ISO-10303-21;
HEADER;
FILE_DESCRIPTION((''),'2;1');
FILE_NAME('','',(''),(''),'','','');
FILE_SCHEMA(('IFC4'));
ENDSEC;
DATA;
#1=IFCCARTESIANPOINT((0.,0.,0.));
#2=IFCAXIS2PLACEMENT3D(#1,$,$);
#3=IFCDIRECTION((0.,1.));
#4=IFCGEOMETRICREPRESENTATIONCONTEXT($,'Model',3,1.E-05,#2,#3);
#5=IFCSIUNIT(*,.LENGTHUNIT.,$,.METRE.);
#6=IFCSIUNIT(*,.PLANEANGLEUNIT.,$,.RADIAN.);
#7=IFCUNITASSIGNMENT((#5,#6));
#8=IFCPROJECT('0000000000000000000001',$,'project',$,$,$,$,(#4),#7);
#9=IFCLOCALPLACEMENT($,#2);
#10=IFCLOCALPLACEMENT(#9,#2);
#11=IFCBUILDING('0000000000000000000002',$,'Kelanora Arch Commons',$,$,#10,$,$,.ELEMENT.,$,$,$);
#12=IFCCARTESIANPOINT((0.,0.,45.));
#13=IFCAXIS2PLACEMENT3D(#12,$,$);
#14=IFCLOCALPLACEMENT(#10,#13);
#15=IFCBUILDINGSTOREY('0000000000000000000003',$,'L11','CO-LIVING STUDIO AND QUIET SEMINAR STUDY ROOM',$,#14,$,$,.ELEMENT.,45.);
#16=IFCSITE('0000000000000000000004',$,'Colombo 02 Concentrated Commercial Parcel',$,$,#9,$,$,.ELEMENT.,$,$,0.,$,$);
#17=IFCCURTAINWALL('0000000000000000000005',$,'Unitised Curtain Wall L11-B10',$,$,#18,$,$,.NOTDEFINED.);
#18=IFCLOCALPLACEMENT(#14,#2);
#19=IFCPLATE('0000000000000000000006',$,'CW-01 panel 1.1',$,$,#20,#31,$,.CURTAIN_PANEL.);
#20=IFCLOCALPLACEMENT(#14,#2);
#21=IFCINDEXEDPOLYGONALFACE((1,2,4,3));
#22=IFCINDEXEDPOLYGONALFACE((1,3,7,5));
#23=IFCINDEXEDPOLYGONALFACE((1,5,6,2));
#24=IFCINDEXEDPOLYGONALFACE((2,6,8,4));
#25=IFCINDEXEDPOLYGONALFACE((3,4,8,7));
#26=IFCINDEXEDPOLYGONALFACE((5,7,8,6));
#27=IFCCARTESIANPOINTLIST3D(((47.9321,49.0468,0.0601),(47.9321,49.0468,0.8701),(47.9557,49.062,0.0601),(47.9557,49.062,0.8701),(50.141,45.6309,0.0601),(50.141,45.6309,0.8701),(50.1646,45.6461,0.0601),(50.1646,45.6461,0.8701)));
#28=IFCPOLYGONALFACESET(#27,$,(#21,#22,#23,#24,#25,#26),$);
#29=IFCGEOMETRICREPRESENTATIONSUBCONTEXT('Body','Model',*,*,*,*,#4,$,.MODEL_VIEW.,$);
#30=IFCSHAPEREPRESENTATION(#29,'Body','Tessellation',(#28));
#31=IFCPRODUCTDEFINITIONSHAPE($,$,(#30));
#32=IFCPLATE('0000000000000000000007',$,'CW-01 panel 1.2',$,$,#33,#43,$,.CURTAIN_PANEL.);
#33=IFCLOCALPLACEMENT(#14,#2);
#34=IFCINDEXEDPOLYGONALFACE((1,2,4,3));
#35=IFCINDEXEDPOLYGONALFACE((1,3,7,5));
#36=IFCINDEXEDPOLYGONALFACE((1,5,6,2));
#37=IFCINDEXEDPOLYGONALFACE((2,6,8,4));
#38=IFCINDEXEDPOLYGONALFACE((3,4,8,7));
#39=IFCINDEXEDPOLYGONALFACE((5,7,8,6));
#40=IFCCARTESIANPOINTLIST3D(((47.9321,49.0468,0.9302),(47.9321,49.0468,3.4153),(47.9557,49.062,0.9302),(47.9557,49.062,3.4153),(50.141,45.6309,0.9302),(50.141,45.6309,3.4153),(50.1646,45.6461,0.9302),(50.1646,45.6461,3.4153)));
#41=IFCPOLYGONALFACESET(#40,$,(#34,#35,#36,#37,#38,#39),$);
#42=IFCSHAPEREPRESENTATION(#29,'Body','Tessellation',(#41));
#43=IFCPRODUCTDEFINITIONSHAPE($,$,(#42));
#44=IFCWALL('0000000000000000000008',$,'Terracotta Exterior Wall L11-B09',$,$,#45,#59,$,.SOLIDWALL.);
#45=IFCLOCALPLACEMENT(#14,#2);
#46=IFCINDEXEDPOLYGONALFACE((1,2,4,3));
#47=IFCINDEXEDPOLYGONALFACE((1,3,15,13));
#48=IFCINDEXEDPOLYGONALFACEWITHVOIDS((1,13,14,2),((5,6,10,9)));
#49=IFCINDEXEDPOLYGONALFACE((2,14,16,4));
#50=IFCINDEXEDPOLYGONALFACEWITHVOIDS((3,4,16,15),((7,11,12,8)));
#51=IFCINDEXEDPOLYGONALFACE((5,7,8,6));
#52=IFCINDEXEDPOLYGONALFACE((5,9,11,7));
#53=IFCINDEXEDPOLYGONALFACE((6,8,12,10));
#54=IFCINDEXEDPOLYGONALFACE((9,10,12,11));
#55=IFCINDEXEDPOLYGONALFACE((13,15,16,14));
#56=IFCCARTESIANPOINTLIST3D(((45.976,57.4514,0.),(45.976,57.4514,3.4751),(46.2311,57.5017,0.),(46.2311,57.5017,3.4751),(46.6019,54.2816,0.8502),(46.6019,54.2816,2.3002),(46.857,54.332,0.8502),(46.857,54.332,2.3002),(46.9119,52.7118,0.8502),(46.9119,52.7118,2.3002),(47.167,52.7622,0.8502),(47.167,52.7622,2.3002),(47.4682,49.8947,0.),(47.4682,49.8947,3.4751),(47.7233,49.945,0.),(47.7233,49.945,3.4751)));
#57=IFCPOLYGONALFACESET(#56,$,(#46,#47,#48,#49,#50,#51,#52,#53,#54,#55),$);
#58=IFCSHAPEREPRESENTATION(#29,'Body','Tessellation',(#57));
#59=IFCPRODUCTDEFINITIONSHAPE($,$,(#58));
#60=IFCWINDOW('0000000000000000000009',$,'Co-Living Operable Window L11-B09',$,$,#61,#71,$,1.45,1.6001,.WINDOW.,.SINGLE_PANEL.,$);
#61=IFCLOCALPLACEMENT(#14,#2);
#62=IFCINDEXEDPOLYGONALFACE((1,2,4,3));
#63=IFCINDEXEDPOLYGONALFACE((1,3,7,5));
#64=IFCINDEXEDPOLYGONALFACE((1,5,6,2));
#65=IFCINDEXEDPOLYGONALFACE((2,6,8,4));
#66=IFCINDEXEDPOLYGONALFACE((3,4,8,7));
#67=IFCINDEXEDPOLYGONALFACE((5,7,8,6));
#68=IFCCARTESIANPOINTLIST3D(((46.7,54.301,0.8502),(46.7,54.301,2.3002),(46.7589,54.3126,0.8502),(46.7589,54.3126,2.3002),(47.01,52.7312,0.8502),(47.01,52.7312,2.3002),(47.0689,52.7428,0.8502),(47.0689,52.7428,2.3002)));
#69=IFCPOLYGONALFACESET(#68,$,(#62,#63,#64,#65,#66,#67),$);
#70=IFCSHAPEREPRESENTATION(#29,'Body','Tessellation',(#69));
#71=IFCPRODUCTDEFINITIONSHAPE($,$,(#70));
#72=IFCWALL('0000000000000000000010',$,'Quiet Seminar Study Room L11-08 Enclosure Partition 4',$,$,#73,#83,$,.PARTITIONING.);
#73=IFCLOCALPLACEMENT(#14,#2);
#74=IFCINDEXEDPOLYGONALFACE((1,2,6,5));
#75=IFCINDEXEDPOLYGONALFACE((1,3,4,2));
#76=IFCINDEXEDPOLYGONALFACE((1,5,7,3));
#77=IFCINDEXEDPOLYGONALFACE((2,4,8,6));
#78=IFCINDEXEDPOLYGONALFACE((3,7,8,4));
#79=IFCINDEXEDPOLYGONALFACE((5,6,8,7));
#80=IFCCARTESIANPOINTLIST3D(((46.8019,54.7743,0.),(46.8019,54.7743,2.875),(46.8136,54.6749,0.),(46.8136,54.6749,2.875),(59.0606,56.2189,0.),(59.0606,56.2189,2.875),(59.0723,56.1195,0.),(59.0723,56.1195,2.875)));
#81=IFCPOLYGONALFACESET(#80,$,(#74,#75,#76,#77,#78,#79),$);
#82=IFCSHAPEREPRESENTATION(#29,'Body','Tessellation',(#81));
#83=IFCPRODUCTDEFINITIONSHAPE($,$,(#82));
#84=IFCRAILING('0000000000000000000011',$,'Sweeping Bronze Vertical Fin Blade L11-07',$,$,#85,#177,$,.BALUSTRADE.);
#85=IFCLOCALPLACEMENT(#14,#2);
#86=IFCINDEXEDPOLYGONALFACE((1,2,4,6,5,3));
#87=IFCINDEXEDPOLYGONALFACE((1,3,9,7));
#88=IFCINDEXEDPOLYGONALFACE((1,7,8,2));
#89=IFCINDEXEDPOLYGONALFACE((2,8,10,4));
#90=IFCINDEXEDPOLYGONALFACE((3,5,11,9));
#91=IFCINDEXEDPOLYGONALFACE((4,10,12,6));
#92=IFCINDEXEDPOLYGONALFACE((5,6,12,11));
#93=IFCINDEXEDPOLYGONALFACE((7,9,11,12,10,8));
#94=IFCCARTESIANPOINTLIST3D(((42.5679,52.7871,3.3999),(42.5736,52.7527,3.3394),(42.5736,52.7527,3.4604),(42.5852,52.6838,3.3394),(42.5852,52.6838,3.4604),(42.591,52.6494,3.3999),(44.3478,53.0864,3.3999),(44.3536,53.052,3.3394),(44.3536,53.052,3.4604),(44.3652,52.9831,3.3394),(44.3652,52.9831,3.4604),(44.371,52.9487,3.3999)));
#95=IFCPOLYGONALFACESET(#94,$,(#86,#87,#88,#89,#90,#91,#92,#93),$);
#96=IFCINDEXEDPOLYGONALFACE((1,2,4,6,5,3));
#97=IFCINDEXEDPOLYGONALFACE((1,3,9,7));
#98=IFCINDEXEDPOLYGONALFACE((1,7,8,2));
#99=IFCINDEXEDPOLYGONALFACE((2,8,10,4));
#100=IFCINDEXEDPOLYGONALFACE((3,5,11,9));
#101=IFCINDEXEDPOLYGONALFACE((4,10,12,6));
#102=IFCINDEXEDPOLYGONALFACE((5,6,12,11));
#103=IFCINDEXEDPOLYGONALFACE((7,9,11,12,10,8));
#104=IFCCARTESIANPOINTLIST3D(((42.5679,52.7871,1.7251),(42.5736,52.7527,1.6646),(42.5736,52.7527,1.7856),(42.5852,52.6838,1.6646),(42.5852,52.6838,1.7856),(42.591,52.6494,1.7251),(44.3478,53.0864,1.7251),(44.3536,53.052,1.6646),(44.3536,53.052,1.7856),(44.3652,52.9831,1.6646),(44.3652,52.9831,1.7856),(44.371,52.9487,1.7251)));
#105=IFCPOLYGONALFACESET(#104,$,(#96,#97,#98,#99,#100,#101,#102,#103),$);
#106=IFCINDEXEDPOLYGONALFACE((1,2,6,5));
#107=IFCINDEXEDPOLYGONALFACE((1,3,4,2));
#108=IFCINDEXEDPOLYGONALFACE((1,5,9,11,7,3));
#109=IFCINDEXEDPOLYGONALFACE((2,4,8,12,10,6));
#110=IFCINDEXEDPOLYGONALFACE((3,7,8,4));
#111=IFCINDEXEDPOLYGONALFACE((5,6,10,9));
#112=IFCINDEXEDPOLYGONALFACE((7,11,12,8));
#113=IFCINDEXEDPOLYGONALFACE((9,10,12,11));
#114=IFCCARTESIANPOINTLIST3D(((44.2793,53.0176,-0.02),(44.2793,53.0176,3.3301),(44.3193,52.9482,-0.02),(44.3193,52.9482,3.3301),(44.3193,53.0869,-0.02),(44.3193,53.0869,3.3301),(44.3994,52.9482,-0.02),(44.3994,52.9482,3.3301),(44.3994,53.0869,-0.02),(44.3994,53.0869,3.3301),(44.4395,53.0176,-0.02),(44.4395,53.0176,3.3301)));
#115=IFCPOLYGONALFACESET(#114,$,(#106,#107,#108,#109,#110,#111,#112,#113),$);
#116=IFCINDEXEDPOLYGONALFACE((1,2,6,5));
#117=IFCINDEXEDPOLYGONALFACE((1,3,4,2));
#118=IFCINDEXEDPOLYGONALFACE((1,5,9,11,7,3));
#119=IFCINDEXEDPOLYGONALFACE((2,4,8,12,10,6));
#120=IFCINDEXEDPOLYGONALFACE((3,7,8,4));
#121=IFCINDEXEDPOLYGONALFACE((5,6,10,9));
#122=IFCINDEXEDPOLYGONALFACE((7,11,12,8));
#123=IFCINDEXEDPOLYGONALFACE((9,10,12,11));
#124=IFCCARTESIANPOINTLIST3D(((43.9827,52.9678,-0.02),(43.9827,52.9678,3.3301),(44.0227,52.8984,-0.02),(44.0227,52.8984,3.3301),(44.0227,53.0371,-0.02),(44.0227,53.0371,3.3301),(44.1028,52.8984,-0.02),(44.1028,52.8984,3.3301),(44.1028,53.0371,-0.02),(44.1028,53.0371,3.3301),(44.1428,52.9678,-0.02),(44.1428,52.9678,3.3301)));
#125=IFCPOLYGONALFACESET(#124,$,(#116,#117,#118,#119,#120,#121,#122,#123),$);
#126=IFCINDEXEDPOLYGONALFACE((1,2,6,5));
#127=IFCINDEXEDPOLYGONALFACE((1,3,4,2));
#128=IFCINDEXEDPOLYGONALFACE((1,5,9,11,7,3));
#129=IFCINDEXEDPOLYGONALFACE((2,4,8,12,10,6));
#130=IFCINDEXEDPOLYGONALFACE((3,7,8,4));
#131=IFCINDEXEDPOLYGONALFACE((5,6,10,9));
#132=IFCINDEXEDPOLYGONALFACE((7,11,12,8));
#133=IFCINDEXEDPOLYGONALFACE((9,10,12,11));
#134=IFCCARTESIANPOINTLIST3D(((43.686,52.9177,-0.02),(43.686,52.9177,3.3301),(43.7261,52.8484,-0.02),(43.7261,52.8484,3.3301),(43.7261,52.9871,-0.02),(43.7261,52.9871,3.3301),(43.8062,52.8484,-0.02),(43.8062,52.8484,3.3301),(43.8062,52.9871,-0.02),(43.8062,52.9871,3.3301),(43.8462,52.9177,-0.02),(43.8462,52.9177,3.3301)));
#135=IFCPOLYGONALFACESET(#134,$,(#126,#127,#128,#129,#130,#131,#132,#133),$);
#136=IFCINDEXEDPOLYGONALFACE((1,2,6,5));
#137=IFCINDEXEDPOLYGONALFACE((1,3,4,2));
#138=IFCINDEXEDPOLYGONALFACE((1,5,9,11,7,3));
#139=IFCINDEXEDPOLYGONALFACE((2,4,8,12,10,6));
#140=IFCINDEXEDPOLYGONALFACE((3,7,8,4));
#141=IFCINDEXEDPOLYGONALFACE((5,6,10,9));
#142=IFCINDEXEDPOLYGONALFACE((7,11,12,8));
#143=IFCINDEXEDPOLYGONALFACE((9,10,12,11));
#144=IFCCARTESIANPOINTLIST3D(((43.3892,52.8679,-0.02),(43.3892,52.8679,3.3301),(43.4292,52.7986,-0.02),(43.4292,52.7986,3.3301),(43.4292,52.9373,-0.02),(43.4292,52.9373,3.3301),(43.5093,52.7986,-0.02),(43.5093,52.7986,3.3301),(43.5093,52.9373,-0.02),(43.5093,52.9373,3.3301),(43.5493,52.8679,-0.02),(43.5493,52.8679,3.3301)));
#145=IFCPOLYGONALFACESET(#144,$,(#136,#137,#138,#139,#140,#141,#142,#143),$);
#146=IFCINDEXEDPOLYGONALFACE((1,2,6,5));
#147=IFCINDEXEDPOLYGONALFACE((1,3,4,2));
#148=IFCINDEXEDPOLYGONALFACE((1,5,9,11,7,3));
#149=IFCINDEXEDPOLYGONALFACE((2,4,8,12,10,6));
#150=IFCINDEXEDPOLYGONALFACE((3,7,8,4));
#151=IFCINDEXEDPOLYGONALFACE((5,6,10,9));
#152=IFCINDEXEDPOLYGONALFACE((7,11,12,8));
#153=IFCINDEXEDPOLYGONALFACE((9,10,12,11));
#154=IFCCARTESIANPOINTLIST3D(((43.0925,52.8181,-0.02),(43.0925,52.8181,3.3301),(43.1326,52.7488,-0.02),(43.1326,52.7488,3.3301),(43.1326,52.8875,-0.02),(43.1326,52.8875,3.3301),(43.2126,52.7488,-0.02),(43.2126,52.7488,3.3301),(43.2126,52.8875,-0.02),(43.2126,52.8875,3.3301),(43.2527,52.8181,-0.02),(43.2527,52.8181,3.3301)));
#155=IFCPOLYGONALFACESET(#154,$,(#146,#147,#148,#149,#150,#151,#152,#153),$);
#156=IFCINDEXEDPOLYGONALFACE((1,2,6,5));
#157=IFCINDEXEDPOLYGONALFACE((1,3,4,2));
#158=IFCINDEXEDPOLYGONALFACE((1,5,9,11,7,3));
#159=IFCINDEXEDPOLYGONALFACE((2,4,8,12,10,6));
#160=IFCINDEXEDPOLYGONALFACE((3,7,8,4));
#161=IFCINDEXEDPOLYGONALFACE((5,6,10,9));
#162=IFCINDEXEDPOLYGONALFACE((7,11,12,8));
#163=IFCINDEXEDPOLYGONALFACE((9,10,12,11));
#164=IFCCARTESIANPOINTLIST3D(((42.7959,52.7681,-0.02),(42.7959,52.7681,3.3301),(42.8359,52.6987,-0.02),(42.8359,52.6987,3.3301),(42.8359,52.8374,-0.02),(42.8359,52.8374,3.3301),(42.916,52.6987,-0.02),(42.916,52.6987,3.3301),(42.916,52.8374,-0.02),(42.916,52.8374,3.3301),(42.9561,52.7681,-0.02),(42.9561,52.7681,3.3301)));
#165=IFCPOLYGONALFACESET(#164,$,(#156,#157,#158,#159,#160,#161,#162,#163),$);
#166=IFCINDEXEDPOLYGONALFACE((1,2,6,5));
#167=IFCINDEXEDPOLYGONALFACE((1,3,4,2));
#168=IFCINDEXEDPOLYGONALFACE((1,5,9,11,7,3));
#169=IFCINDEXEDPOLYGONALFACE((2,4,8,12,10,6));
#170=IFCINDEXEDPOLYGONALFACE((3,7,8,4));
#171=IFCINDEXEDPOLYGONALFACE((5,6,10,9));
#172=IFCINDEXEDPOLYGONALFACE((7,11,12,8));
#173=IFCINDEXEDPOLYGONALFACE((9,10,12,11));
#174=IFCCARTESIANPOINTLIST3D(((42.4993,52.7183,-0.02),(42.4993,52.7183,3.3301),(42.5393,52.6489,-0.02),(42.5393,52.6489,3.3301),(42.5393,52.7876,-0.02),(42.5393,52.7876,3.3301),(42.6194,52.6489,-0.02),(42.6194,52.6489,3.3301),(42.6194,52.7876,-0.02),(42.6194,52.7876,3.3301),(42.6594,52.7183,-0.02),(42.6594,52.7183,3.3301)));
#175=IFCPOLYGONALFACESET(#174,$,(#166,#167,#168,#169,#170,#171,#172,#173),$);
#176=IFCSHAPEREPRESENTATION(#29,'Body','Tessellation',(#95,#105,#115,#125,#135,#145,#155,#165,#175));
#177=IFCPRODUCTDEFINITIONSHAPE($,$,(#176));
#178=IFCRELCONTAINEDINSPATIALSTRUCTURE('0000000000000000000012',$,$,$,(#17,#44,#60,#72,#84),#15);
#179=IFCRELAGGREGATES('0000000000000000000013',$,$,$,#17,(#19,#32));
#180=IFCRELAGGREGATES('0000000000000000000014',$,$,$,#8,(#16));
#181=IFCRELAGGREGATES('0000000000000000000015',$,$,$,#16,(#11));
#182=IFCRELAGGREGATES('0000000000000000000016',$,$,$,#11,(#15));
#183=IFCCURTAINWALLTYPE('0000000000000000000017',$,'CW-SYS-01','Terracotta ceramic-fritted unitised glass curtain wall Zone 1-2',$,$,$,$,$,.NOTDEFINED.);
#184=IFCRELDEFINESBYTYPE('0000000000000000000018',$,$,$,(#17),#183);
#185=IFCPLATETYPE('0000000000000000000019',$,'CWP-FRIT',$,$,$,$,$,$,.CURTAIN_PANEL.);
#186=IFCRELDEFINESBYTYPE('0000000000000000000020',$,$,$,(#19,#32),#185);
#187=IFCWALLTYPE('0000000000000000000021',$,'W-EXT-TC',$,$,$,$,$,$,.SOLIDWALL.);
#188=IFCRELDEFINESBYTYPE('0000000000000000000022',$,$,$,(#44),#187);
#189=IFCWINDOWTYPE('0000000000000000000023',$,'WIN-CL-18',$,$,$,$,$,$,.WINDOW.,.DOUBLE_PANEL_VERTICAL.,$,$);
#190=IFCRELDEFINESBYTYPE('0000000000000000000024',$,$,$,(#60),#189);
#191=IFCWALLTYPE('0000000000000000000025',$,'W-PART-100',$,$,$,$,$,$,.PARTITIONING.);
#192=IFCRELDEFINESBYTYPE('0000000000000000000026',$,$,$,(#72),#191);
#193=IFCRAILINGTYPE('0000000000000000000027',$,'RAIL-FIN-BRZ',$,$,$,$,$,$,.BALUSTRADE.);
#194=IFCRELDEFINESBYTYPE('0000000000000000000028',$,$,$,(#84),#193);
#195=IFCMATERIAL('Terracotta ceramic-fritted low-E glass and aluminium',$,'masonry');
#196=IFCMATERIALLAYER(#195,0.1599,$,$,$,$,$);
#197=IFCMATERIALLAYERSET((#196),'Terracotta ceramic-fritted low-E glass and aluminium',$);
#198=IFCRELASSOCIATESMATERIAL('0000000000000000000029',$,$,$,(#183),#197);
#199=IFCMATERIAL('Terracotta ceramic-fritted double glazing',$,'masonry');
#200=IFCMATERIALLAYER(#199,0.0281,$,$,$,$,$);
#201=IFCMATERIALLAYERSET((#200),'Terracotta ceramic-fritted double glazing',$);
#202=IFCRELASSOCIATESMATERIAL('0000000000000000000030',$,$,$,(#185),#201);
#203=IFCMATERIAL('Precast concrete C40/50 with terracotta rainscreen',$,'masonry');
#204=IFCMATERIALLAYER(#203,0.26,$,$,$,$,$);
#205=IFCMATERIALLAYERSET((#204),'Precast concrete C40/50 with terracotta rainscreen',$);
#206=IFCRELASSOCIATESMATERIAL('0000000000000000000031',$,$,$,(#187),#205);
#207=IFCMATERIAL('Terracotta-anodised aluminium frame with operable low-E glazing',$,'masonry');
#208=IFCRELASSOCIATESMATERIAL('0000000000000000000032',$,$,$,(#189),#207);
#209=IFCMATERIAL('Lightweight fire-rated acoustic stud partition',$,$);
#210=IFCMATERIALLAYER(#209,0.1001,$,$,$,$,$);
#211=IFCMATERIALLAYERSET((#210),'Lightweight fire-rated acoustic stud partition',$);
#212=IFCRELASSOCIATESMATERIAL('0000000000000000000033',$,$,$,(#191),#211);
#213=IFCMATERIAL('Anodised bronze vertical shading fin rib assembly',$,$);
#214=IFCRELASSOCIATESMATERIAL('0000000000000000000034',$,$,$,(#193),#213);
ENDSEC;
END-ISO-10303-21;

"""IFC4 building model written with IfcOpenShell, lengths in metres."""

from ifc_helpers import new_model, si_unit, direction, frame, frame_2d, origin, origin_2d, place, context, subcontext, project, spatial, polyline, rectangle, outline, extrude, source, transform, mapped, material, layer, layer_set, type_object, element, fill, aggregate, save


model = new_model("IFC4")

# Units and contexts
model_context = context("Model", 3, precision=1e-05, world=origin(), true_north=direction((0.0, 1.0)))
body_context = subcontext(model_context, "Body", "Model", "MODEL_VIEW")
ifc_project = project(units=[si_unit("LENGTHUNIT", "METRE"), si_unit("PLANEANGLEUNIT", "RADIAN")], contexts=[model_context])

# Site, building, storey
site_placement = place(None, origin())
site = spatial("IfcSite", under=ifc_project, at=site_placement, Name="Colombo 02 Concentrated Commercial Parcel", CompositionType="ELEMENT", RefElevation=0.0)
building_placement = place(site_placement, origin())
building = spatial("IfcBuilding", under=site, at=building_placement, Name="Kelanora Arch Commons", CompositionType="ELEMENT")
storey_placement = place(building_placement, frame((0.0, 0.0, 45.0)))
storey = spatial("IfcBuildingStorey", under=building, at=storey_placement, Name="L11", Description="CO-LIVING STUDIO AND QUIET SEMINAR STUDY ROOM", CompositionType="ELEMENT", Elevation=45.0)

# Shared definitions
ifc_material_1 = material(Name="Terracotta ceramic-fritted low-E glass and aluminium", Category="masonry")
ifc_layer_1 = layer(ifc_material_1, 0.1599)
ifc_layer_set_1 = layer_set([ifc_layer_1], Name="Terracotta ceramic-fritted low-E glass and aluminium")
curtain_wall_type = type_object("IfcCurtainWallType", Name="CW-SYS-01", Description="Terracotta ceramic-fritted unitised glass curtain wall Zone 1-2", PredefinedType="NOTDEFINED", material=ifc_layer_set_1)

# Curtain wall
curtain_wall_1_placement = place(storey_placement, origin())
curtain_wall_1 = element("IfcCurtainWall", 1, at=curtain_wall_1_placement, inside=storey, type_object=curtain_wall_type, Name="Unitised Curtain Wall L11-B10", PredefinedType="NOTDEFINED")

# Plates
ifc_material_2 = material(Name="Terracotta ceramic-fritted double glazing", Category="masonry")
ifc_layer_2 = layer(ifc_material_2, 0.0281)
ifc_layer_set_2 = layer_set([ifc_layer_2], Name="Terracotta ceramic-fritted double glazing")
plate_type = type_object("IfcPlateType", Name="CWP-FRIT", PredefinedType="CURTAIN_PANEL", material=ifc_layer_set_2)
shared_shape_1 = source(origin(), body_context, "Body", "SweptSolid", [
    extrude(rectangle(XDim=4.0679, YDim=0.0281, at=origin_2d()), origin(), (0.0, 0.0, 1.0), 0.8101),
])
plate_1_placement = place(storey_placement, frame((49.0483, 47.3464, 0.0601), z_axis=(0.0, 0.0, 1.0), x_axis=(0.543004, -0.83973, 0.0)))
plate_1 = element("IfcPlate", 2, at=plate_1_placement, type_object=plate_type, Name="CW-01 panel 1.1", PredefinedType="CURTAIN_PANEL", context=body_context, shape_type="MappedRepresentation", body=[
    mapped(shared_shape_1, transform((0.0, 0.0, 0.0), scale=1.0)),
])
shared_shape_2 = source(origin(), body_context, "Body", "SweptSolid", [
    extrude(rectangle(XDim=4.0679, YDim=0.0281, at=origin_2d()), origin(), (0.0, 0.0, 1.0), 2.4851),
])
plate_2_placement = place(storey_placement, frame((49.0483, 47.3464, 0.9302), z_axis=(0.0, 0.0, 1.0), x_axis=(0.543004, -0.83973, 0.0)))
plate_2 = element("IfcPlate", 3, at=plate_2_placement, type_object=plate_type, Name="CW-01 panel 1.2", PredefinedType="CURTAIN_PANEL", context=body_context, shape_type="MappedRepresentation", body=[
    mapped(shared_shape_2, transform((0.0, 0.0, 0.0), scale=1.0)),
])
aggregate(curtain_wall_1, [plate_1, plate_2])

# Wall, opening, window
ifc_material_3 = material(Name="Precast concrete C40/50 with terracotta rainscreen", Category="masonry")
ifc_layer_3 = layer(ifc_material_3, 0.26)
ifc_layer_set_3 = layer_set([ifc_layer_3], Name="Precast concrete C40/50 with terracotta rainscreen")
wall_type_1 = type_object("IfcWallType", Name="W-EXT-TC", PredefinedType="SOLIDWALL", material=ifc_layer_set_3)
wall_1_placement = place(storey_placement, frame((46.1035, 57.4766, 0.0), z_axis=(0.0, 0.0, 1.0), x_axis=(0.193726, -0.981056, 0.0)))
wall_1 = element("IfcWall", 4, at=wall_1_placement, inside=storey, type_object=wall_type_1, Name="Terracotta Exterior Wall L11-B09", PredefinedType="SOLIDWALL", context=body_context, shape_type="SweptSolid", body=[
    extrude(rectangle(XDim=7.7026, YDim=0.26, at=frame_2d((3.8513, 0.0))), origin(), (0.0, 0.0, 1.0), 3.4751),
])
opening_placement = place(wall_1_placement, frame((3.231, 0.0, 0.8501)))
opening = element("IfcOpeningElement", 5, at=opening_placement, cuts=wall_1, PredefinedType="OPENING", context=body_context, shape_type="SweptSolid", body=[
    extrude(rectangle(XDim=1.6001, YDim=1.45, at=frame_2d((0.8, 0.7251))), frame((0.0, 0.1401, 0.0), z_axis=(0.0, -1.0, 0.0), x_axis=(1.0, 0.0, 0.0)), (0.0, 0.0, 1.0), 0.28),
])
ifc_material_4 = material(Name="Terracotta-anodised aluminium frame with operable low-E glazing", Category="masonry")
window_type = type_object("IfcWindowType", Name="WIN-CL-18", PartitioningType="DOUBLE_PANEL_VERTICAL", PredefinedType="WINDOW", material=ifc_material_4)
window_placement = place(opening_placement, origin())
window = element("IfcWindow", 6, at=window_placement, inside=storey, type_object=window_type, Name="Co-Living Operable Window L11-B09", OverallHeight=1.45, OverallWidth=1.6001, PartitioningType="SINGLE_PANEL", PredefinedType="WINDOW", context=body_context, shape_type="SweptSolid", body=[
    extrude(rectangle(XDim=1.6001, YDim=1.45, at=frame_2d((0.8, 0.7251))), frame((0.0, 0.03, 0.0), z_axis=(0.0, -1.0, 0.0), x_axis=(1.0, 0.0, 0.0)), (0.0, 0.0, 1.0), 0.0601),
])
fill(opening, window)

# Wall
ifc_material_5 = material(Name="Lightweight fire-rated acoustic stud partition")
ifc_layer_4 = layer(ifc_material_5, 0.1001)
ifc_layer_set_4 = layer_set([ifc_layer_4], Name="Lightweight fire-rated acoustic stud partition")
wall_type_2 = type_object("IfcWallType", Name="W-PART-100", PredefinedType="PARTITIONING", material=ifc_layer_set_4)
wall_2_placement = place(storey_placement, frame((46.8076, 54.7246, 0.0), z_axis=(0.0, 0.0, 1.0), x_axis=(0.993128, 0.117031, 0.0)))
element("IfcWall", 7, at=wall_2_placement, inside=storey, type_object=wall_type_2, Name="Quiet Seminar Study Room L11-08 Enclosure Partition 4", PredefinedType="PARTITIONING", context=body_context, shape_type="SweptSolid", body=[
    extrude(rectangle(XDim=12.3435, YDim=0.1001, at=frame_2d((6.1719, 0.0))), origin(), (0.0, 0.0, 1.0), 2.875),
])

# Railing
ifc_material_6 = material(Name="Anodised bronze vertical shading fin rib assembly")
railing_type = type_object("IfcRailingType", Name="RAIL-FIN-BRZ", PredefinedType="BALUSTRADE", material=ifc_material_6)
railing_1_placement = place(storey_placement, frame((44.3594, 53.0176, -0.02)))
element("IfcRailing", 8, at=railing_1_placement, inside=storey, type_object=railing_type, Name="Sweeping Bronze Vertical Fin Blade L11-07", PredefinedType="BALUSTRADE", context=body_context, shape_type="SweptSolid", body=[
    extrude(outline(polyline([(0.0698, 0.0), (0.0349, 0.0605), (-0.0349, 0.0605), (-0.0698, 0.0), (-0.0349, -0.0605), (0.0349, -0.0605), (0.0698, 0.0)])), frame((0.0, 0.0, 3.4199), z_axis=(-0.986155, -0.165824, 0.0), x_axis=(0.165824, -0.986155, 0.0)), (0.0, 0.0, 1.0), 1.8049),
    extrude(outline(polyline([(0.0698, 0.0), (0.0349, 0.0605), (-0.0349, 0.0605), (-0.0698, 0.0), (-0.0349, -0.0605), (0.0349, -0.0605), (0.0698, 0.0)])), frame((0.0, 0.0, 1.7451), z_axis=(-0.986155, -0.165824, 0.0), x_axis=(0.165824, -0.986155, 0.0)), (0.0, 0.0, 1.0), 1.8049),
    extrude(outline(polyline([(0.0801, 0.0), (0.04, 0.0693), (-0.04, 0.0693), (-0.0801, 0.0), (-0.04, -0.0693), (0.04, -0.0693), (0.0801, 0.0)])), origin(), (0.0, 0.0, 1.0), 3.3501),
    extrude(outline(polyline([(0.0801, 0.0), (0.04, 0.0693), (-0.04, 0.0693), (-0.0801, 0.0), (-0.04, -0.0693), (0.04, -0.0693), (0.0801, 0.0)])), frame((-0.2966, -0.0498, 0.0)), (0.0, 0.0, 1.0), 3.3501),
    extrude(outline(polyline([(0.0801, 0.0), (0.04, 0.0693), (-0.04, 0.0693), (-0.0801, 0.0), (-0.04, -0.0693), (0.04, -0.0693), (0.0801, 0.0)])), frame((-0.5933, -0.0999, 0.0)), (0.0, 0.0, 1.0), 3.3501),
    extrude(outline(polyline([(0.0801, 0.0), (0.04, 0.0693), (-0.04, 0.0693), (-0.0801, 0.0), (-0.04, -0.0693), (0.04, -0.0693), (0.0801, 0.0)])), frame((-0.8901, -0.1497, 0.0)), (0.0, 0.0, 1.0), 3.3501),
    extrude(outline(polyline([(0.0801, 0.0), (0.04, 0.0693), (-0.04, 0.0693), (-0.0801, 0.0), (-0.04, -0.0693), (0.04, -0.0693), (0.0801, 0.0)])), frame((-1.1868, -0.1995, 0.0)), (0.0, 0.0, 1.0), 3.3501),
    extrude(outline(polyline([(0.0801, 0.0), (0.04, 0.0693), (-0.04, 0.0693), (-0.0801, 0.0), (-0.04, -0.0693), (0.04, -0.0693), (0.0801, 0.0)])), frame((-1.4834, -0.2495, 0.0)), (0.0, 0.0, 1.0), 3.3501),
    extrude(outline(polyline([(0.0801, 0.0), (0.04, 0.0693), (-0.04, 0.0693), (-0.0801, 0.0), (-0.04, -0.0693), (0.04, -0.0693), (0.0801, 0.0)])), frame((-1.78, -0.2993, 0.0)), (0.0, 0.0, 1.0), 3.3501),
])

save(model, "model.ifc")
